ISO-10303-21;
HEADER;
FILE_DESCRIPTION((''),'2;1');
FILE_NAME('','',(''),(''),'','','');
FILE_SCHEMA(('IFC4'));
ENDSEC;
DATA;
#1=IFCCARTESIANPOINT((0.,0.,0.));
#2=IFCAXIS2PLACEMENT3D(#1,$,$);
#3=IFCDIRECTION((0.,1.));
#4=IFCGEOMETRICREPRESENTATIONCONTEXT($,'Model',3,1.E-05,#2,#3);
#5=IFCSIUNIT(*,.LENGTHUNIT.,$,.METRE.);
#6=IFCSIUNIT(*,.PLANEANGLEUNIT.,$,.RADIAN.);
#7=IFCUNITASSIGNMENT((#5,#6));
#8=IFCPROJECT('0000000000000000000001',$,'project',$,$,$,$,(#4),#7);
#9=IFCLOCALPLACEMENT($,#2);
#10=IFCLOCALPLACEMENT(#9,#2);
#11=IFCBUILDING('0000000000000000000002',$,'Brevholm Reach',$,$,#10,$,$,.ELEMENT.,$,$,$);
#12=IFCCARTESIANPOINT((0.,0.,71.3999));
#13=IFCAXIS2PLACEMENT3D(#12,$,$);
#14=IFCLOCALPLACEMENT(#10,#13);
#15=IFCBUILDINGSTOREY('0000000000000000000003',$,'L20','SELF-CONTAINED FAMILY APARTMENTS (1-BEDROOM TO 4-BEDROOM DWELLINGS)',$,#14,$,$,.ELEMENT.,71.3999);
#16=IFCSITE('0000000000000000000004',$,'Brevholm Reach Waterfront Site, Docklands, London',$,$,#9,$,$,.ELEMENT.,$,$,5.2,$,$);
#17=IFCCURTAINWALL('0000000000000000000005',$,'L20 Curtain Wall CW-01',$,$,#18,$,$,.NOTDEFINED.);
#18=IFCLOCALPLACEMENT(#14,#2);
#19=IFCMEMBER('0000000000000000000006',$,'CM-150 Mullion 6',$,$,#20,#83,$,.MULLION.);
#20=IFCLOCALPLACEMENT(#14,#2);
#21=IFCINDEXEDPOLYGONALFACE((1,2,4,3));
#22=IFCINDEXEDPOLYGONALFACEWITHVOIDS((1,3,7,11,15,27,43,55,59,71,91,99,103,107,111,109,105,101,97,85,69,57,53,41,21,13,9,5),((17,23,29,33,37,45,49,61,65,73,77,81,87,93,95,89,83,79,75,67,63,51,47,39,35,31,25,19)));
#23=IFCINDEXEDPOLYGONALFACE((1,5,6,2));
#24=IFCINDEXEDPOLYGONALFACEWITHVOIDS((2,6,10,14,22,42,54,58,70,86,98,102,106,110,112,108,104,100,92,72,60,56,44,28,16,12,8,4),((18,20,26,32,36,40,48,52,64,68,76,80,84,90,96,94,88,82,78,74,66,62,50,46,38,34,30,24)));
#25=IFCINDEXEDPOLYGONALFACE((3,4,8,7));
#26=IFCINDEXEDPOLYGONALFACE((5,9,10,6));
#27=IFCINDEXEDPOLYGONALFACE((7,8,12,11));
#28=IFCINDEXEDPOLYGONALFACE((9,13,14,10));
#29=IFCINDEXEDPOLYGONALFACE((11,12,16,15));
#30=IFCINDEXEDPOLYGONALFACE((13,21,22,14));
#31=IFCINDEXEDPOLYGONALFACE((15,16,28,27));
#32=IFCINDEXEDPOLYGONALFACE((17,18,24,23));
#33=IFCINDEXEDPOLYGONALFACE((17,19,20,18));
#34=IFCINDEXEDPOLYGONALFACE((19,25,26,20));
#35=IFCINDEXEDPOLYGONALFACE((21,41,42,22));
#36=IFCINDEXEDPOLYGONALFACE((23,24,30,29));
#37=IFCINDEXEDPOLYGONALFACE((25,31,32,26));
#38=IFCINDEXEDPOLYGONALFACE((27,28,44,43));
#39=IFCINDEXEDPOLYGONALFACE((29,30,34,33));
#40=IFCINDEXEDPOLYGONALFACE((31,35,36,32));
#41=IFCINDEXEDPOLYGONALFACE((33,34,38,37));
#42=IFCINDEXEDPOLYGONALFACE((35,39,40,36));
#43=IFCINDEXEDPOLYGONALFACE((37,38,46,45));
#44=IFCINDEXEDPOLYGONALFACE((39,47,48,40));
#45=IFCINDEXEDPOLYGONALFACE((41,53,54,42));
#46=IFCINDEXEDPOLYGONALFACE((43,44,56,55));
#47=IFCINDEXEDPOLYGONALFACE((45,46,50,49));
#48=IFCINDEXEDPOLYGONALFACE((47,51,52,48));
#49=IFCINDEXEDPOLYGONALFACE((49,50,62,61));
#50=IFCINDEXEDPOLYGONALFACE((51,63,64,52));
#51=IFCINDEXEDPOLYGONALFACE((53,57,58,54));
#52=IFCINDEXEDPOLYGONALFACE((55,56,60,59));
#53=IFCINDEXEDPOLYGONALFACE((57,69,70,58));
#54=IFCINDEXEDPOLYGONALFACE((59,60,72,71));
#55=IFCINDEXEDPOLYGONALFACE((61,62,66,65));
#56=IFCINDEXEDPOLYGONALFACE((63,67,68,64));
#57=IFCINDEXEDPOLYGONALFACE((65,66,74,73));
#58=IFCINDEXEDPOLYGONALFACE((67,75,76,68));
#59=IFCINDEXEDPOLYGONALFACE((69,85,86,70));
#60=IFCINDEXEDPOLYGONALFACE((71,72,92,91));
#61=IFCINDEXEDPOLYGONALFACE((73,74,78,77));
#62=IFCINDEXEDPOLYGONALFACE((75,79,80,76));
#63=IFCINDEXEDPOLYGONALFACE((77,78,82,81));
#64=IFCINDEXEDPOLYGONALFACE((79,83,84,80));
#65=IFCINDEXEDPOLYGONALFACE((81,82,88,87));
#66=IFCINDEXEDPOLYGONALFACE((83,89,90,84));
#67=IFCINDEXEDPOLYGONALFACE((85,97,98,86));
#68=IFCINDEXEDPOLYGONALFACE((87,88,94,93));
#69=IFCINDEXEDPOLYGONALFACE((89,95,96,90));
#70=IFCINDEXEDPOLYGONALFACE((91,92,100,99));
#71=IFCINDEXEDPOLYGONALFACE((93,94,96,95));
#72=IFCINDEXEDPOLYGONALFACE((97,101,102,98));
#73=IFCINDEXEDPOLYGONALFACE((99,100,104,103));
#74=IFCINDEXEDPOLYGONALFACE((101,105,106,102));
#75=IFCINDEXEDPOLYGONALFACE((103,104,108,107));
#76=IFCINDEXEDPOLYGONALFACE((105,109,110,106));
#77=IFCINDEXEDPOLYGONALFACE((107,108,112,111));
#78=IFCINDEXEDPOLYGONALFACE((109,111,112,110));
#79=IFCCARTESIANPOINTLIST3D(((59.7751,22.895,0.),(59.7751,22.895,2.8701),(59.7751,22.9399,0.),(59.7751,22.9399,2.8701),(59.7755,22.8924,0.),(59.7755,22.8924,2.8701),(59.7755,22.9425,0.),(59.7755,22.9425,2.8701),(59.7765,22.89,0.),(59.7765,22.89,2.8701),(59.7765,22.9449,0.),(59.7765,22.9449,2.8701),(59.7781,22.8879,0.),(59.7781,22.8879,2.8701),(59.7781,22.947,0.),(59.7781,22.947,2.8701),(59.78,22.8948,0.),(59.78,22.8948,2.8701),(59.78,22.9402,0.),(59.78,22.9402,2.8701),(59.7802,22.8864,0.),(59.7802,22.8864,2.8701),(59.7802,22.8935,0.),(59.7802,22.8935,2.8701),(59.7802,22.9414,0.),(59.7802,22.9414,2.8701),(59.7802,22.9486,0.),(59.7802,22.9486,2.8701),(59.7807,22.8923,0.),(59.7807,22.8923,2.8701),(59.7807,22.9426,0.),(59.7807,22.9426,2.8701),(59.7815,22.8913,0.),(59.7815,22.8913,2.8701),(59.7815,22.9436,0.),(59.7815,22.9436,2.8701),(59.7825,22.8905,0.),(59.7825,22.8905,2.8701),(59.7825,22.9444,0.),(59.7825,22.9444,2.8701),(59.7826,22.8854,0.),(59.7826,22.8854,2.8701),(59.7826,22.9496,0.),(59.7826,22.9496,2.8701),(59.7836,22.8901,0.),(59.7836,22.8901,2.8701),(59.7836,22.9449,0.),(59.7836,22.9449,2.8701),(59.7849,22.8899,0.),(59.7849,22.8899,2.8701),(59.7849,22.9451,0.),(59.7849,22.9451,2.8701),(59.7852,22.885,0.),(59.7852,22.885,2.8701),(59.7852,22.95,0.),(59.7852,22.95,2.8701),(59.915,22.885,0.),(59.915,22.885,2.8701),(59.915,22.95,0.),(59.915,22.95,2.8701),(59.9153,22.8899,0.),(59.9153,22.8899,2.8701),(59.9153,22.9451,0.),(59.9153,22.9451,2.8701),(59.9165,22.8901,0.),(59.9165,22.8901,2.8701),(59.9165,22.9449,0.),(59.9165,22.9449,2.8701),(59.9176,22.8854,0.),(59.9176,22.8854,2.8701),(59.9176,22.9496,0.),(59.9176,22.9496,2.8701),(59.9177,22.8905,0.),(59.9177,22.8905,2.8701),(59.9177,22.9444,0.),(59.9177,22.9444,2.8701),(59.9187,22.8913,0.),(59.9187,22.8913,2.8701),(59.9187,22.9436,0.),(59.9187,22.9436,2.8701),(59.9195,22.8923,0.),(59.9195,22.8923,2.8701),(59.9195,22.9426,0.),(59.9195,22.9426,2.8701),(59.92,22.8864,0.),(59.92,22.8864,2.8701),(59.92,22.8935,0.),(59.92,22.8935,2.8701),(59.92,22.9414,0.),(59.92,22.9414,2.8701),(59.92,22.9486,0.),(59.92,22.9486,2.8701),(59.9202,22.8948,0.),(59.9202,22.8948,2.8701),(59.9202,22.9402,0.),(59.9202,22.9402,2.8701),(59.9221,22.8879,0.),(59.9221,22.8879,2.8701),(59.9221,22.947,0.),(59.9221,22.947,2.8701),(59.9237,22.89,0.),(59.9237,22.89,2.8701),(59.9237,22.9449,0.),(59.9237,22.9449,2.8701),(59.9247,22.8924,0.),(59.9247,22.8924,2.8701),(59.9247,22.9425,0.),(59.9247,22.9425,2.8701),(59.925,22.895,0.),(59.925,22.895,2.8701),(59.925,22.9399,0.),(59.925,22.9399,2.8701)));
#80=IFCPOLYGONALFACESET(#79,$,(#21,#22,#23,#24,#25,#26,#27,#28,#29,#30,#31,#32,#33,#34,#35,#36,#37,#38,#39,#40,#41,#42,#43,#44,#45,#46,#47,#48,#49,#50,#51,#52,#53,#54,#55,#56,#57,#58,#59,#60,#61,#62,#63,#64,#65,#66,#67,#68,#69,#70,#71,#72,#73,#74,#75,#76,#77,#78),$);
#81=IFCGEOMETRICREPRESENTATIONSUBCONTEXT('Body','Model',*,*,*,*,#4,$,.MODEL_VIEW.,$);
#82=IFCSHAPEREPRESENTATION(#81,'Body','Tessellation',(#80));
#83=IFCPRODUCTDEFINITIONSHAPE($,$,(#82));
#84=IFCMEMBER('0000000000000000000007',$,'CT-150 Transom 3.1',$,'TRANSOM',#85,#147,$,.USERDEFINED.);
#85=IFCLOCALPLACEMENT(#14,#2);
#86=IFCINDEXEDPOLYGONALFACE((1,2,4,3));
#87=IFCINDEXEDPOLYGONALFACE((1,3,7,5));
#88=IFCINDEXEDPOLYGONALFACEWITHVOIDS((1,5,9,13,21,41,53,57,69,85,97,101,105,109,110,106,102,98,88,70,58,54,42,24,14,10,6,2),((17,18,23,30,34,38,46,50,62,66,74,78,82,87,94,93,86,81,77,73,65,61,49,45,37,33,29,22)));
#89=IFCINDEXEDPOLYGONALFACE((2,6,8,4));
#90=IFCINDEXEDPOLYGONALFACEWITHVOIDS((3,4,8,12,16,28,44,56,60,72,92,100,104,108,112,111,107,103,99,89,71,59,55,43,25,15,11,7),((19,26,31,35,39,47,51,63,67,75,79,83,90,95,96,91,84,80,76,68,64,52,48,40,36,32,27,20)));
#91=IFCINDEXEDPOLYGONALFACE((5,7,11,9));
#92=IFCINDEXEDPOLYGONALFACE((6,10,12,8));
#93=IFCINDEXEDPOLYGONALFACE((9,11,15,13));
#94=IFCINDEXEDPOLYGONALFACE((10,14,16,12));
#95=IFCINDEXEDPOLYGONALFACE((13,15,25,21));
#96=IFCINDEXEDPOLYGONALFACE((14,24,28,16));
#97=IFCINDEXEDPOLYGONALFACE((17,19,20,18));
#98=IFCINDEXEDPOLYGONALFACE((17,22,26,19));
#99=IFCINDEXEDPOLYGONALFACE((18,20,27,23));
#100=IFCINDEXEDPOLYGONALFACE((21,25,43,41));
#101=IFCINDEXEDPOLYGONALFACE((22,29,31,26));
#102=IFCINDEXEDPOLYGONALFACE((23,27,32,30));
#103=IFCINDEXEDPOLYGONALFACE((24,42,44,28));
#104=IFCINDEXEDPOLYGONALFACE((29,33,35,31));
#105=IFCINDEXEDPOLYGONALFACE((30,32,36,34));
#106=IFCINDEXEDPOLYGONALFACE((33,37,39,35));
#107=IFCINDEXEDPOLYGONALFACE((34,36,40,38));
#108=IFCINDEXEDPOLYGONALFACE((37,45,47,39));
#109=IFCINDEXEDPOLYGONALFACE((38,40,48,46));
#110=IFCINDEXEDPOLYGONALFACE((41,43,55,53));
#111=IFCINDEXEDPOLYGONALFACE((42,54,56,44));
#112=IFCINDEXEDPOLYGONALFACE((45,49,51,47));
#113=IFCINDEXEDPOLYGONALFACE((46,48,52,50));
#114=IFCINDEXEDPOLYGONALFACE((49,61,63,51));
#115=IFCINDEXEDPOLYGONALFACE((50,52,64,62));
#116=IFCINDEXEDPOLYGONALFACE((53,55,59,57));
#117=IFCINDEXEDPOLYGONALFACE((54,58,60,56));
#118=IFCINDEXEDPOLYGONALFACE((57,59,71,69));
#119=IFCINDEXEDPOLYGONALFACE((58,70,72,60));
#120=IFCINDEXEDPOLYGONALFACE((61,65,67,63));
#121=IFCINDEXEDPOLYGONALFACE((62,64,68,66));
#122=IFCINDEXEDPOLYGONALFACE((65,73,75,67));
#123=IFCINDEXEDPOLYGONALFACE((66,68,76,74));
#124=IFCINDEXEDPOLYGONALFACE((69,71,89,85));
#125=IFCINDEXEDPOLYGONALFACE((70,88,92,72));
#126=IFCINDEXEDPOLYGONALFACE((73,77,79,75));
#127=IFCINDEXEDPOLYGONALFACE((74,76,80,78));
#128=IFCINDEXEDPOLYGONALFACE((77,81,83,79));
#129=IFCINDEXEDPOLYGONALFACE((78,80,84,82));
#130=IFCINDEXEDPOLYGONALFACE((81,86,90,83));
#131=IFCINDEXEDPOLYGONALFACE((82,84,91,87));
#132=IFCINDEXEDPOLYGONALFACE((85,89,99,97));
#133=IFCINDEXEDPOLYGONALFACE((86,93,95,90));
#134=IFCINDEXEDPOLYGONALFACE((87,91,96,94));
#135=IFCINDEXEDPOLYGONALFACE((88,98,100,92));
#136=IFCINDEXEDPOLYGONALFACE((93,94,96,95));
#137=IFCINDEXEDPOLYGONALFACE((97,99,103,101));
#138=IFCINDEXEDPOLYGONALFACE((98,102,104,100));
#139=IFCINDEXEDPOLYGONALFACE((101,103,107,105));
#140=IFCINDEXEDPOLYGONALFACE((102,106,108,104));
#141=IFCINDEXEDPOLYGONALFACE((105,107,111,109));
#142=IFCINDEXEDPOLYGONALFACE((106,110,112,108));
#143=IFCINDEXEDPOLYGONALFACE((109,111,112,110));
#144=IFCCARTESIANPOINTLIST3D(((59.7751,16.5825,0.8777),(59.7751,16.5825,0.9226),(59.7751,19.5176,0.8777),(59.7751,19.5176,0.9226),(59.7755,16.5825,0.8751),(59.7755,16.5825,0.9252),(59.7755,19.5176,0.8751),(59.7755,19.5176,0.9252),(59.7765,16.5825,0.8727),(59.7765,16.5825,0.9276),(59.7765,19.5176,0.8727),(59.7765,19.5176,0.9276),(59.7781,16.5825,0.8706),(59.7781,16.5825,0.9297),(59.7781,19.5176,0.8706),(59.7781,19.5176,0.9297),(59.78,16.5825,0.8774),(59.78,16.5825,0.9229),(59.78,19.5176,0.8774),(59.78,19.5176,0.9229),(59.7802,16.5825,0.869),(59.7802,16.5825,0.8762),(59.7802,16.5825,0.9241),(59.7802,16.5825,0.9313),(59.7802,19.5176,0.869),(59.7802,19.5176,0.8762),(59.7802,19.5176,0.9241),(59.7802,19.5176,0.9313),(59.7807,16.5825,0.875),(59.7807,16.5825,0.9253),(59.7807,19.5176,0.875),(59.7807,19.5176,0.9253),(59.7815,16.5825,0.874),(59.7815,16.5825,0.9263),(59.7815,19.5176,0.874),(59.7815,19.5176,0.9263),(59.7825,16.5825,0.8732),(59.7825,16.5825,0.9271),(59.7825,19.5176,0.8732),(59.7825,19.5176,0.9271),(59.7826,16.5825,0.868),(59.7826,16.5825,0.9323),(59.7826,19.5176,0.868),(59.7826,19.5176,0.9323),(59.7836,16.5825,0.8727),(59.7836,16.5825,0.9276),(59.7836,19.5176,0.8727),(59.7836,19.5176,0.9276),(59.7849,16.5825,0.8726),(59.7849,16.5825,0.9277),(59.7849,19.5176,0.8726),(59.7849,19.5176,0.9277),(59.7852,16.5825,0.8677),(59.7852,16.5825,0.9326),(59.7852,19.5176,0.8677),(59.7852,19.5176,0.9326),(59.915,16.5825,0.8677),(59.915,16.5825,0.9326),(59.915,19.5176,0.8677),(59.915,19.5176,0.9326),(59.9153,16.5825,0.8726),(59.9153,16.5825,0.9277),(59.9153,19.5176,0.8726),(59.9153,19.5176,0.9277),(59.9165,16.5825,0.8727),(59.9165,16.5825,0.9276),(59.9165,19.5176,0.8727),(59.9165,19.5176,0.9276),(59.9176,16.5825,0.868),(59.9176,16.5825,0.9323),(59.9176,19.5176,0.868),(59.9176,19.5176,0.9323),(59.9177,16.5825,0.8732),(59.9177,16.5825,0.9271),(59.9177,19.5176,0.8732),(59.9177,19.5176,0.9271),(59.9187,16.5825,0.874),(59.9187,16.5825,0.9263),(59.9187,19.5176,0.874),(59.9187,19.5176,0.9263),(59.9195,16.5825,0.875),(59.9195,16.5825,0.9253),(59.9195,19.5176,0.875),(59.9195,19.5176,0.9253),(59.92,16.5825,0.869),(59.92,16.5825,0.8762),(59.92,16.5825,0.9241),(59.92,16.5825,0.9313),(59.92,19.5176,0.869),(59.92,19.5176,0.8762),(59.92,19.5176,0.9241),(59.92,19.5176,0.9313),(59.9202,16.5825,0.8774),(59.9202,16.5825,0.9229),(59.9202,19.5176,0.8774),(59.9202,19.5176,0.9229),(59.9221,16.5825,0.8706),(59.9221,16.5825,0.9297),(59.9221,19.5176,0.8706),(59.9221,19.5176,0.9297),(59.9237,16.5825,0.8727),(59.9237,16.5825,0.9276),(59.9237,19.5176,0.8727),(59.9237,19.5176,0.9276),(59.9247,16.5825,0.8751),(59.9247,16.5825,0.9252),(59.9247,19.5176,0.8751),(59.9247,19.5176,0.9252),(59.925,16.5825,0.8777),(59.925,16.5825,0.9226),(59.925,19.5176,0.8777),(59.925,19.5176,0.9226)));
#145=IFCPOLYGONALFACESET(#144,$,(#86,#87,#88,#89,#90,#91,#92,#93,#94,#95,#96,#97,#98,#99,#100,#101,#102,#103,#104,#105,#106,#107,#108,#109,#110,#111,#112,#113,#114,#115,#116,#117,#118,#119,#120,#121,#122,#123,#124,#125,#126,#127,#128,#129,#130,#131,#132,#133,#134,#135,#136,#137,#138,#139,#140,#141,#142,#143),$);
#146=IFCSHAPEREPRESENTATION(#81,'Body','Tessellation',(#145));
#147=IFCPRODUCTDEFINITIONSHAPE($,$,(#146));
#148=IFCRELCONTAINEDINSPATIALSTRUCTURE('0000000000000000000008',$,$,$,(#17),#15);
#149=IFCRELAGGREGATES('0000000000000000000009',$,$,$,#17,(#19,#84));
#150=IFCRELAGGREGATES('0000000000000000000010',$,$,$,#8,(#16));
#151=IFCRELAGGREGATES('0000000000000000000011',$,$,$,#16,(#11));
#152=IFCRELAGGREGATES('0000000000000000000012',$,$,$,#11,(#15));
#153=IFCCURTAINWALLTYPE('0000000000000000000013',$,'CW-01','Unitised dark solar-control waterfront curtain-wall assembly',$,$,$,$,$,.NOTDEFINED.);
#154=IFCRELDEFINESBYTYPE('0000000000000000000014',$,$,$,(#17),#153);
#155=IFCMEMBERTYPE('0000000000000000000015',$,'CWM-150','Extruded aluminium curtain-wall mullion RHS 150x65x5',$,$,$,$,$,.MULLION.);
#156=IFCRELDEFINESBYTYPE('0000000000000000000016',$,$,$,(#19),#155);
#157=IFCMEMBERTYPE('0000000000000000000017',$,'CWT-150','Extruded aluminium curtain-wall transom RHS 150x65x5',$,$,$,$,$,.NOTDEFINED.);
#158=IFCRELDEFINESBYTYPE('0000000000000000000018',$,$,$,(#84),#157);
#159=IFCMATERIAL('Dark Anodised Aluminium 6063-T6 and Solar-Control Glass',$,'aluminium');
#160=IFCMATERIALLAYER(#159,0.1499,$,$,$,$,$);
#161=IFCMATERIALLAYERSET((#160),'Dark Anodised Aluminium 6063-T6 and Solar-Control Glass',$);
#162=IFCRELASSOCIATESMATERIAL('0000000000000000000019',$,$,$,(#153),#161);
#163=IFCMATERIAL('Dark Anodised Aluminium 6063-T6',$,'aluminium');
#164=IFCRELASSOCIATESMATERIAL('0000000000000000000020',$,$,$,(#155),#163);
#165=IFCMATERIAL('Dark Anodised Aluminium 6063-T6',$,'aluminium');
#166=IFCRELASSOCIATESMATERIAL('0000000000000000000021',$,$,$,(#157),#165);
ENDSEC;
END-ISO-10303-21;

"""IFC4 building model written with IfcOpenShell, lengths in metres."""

from ifc_helpers import new_model, si_unit, direction, frame, origin, origin_2d, place, context, subcontext, project, spatial, hollow_rectangle, extrude, material, layer, layer_set, material_profile, profile_set, type_object, element, aggregate, save


model = new_model("IFC4")

# Units and contexts
model_context = context("Model", 3, precision=1e-05, world=origin(), true_north=direction((0.0, 1.0)))
body_context = subcontext(model_context, "Body", "Model", "MODEL_VIEW")
ifc_project = project(units=[si_unit("LENGTHUNIT", "METRE"), si_unit("PLANEANGLEUNIT", "RADIAN")], contexts=[model_context])

# Site, building, storey
site_placement = place(None, origin())
site = spatial("IfcSite", under=ifc_project, at=site_placement, Name="Brevholm Reach Waterfront Site, Docklands, London", CompositionType="ELEMENT", RefElevation=5.2)
building_placement = place(site_placement, origin())
building = spatial("IfcBuilding", under=site, at=building_placement, Name="Brevholm Reach", CompositionType="ELEMENT")
storey_placement = place(building_placement, frame((0.0, 0.0, 71.3999)))
storey = spatial("IfcBuildingStorey", under=building, at=storey_placement, Name="L20", Description="SELF-CONTAINED FAMILY APARTMENTS (1-BEDROOM TO 4-BEDROOM DWELLINGS)", CompositionType="ELEMENT", Elevation=71.3999)

# Curtain wall, members
ifc_material_1 = material(Name="Dark Anodised Aluminium 6063-T6 and Solar-Control Glass", Category="aluminium")
ifc_layer_1 = layer(ifc_material_1, 0.1499)
ifc_layer_set_1 = layer_set([ifc_layer_1], Name="Dark Anodised Aluminium 6063-T6 and Solar-Control Glass")
curtain_wall_type = type_object("IfcCurtainWallType", Name="CW-01", Description="Unitised dark solar-control waterfront curtain-wall assembly", PredefinedType="NOTDEFINED", material=ifc_layer_set_1)
curtain_wall_placement = place(storey_placement, origin())
curtain_wall = element("IfcCurtainWall", 1, at=curtain_wall_placement, inside=storey, type_object=curtain_wall_type, Name="L20 Curtain Wall CW-01", PredefinedType="NOTDEFINED")
ifc_material_2 = material(Name="Dark Anodised Aluminium 6063-T6", Category="aluminium")
ifc_material_profile_1 = material_profile(ifc_material_2, hollow_rectangle(XDim=0.0649, YDim=0.1499, WallThickness=0.0049, InnerFilletRadius=0.0049, OuterFilletRadius=0.01, at=origin_2d()), Name="RHS 150x65x5")
ifc_profile_set_1 = profile_set([ifc_material_profile_1], Name="Dark Anodised Aluminium 6063-T6")
member_type_1 = type_object("IfcMemberType", Name="CWM-150", Description="Extruded aluminium curtain-wall mullion RHS 150x65x5", PredefinedType="MULLION", material=ifc_profile_set_1)
member_1_placement = place(storey_placement, frame((59.8501, 22.9175, 0.0), z_axis=(0.0, 0.0, 1.0), x_axis=(0.0, 1.0, 0.0)))
member_1 = element("IfcMember", 2, at=member_1_placement, type_object=member_type_1, Name="CM-150 Mullion 6", PredefinedType="MULLION", context=body_context, shape_type="SweptSolid", body=[
    extrude(hollow_rectangle(XDim=0.0649, YDim=0.1499, WallThickness=0.0049, InnerFilletRadius=0.0049, OuterFilletRadius=0.01, at=origin_2d()), origin(), (0.0, 0.0, 1.0), 2.8701),
])
ifc_material_3 = material(Name="Dark Anodised Aluminium 6063-T6", Category="aluminium")
ifc_material_profile_2 = material_profile(ifc_material_3, hollow_rectangle(XDim=0.0649, YDim=0.1499, WallThickness=0.0049, InnerFilletRadius=0.0049, OuterFilletRadius=0.01, at=origin_2d()), Name="RHS 150x65x5")
ifc_profile_set_2 = profile_set([ifc_material_profile_2], Name="Dark Anodised Aluminium 6063-T6")
member_type_2 = type_object("IfcMemberType", Name="CWT-150", Description="Extruded aluminium curtain-wall transom RHS 150x65x5", PredefinedType="NOTDEFINED", material=ifc_profile_set_2)
member_2_placement = place(storey_placement, frame((59.8501, 16.5825, 0.9001), z_axis=(0.0, 1.0, 0.0), x_axis=(0.0, 0.0, 1.0)))
member_2 = element("IfcMember", 3, at=member_2_placement, type_object=member_type_2, Name="CT-150 Transom 3.1", ObjectType="TRANSOM", PredefinedType="USERDEFINED", context=body_context, shape_type="SweptSolid", body=[
    extrude(hollow_rectangle(XDim=0.0649, YDim=0.1499, WallThickness=0.0049, InnerFilletRadius=0.0049, OuterFilletRadius=0.01, at=origin_2d()), origin(), (0.0, 0.0, 1.0), 2.9351),
])
aggregate(curtain_wall, [member_1, member_2])

save(model, "model.ifc")
